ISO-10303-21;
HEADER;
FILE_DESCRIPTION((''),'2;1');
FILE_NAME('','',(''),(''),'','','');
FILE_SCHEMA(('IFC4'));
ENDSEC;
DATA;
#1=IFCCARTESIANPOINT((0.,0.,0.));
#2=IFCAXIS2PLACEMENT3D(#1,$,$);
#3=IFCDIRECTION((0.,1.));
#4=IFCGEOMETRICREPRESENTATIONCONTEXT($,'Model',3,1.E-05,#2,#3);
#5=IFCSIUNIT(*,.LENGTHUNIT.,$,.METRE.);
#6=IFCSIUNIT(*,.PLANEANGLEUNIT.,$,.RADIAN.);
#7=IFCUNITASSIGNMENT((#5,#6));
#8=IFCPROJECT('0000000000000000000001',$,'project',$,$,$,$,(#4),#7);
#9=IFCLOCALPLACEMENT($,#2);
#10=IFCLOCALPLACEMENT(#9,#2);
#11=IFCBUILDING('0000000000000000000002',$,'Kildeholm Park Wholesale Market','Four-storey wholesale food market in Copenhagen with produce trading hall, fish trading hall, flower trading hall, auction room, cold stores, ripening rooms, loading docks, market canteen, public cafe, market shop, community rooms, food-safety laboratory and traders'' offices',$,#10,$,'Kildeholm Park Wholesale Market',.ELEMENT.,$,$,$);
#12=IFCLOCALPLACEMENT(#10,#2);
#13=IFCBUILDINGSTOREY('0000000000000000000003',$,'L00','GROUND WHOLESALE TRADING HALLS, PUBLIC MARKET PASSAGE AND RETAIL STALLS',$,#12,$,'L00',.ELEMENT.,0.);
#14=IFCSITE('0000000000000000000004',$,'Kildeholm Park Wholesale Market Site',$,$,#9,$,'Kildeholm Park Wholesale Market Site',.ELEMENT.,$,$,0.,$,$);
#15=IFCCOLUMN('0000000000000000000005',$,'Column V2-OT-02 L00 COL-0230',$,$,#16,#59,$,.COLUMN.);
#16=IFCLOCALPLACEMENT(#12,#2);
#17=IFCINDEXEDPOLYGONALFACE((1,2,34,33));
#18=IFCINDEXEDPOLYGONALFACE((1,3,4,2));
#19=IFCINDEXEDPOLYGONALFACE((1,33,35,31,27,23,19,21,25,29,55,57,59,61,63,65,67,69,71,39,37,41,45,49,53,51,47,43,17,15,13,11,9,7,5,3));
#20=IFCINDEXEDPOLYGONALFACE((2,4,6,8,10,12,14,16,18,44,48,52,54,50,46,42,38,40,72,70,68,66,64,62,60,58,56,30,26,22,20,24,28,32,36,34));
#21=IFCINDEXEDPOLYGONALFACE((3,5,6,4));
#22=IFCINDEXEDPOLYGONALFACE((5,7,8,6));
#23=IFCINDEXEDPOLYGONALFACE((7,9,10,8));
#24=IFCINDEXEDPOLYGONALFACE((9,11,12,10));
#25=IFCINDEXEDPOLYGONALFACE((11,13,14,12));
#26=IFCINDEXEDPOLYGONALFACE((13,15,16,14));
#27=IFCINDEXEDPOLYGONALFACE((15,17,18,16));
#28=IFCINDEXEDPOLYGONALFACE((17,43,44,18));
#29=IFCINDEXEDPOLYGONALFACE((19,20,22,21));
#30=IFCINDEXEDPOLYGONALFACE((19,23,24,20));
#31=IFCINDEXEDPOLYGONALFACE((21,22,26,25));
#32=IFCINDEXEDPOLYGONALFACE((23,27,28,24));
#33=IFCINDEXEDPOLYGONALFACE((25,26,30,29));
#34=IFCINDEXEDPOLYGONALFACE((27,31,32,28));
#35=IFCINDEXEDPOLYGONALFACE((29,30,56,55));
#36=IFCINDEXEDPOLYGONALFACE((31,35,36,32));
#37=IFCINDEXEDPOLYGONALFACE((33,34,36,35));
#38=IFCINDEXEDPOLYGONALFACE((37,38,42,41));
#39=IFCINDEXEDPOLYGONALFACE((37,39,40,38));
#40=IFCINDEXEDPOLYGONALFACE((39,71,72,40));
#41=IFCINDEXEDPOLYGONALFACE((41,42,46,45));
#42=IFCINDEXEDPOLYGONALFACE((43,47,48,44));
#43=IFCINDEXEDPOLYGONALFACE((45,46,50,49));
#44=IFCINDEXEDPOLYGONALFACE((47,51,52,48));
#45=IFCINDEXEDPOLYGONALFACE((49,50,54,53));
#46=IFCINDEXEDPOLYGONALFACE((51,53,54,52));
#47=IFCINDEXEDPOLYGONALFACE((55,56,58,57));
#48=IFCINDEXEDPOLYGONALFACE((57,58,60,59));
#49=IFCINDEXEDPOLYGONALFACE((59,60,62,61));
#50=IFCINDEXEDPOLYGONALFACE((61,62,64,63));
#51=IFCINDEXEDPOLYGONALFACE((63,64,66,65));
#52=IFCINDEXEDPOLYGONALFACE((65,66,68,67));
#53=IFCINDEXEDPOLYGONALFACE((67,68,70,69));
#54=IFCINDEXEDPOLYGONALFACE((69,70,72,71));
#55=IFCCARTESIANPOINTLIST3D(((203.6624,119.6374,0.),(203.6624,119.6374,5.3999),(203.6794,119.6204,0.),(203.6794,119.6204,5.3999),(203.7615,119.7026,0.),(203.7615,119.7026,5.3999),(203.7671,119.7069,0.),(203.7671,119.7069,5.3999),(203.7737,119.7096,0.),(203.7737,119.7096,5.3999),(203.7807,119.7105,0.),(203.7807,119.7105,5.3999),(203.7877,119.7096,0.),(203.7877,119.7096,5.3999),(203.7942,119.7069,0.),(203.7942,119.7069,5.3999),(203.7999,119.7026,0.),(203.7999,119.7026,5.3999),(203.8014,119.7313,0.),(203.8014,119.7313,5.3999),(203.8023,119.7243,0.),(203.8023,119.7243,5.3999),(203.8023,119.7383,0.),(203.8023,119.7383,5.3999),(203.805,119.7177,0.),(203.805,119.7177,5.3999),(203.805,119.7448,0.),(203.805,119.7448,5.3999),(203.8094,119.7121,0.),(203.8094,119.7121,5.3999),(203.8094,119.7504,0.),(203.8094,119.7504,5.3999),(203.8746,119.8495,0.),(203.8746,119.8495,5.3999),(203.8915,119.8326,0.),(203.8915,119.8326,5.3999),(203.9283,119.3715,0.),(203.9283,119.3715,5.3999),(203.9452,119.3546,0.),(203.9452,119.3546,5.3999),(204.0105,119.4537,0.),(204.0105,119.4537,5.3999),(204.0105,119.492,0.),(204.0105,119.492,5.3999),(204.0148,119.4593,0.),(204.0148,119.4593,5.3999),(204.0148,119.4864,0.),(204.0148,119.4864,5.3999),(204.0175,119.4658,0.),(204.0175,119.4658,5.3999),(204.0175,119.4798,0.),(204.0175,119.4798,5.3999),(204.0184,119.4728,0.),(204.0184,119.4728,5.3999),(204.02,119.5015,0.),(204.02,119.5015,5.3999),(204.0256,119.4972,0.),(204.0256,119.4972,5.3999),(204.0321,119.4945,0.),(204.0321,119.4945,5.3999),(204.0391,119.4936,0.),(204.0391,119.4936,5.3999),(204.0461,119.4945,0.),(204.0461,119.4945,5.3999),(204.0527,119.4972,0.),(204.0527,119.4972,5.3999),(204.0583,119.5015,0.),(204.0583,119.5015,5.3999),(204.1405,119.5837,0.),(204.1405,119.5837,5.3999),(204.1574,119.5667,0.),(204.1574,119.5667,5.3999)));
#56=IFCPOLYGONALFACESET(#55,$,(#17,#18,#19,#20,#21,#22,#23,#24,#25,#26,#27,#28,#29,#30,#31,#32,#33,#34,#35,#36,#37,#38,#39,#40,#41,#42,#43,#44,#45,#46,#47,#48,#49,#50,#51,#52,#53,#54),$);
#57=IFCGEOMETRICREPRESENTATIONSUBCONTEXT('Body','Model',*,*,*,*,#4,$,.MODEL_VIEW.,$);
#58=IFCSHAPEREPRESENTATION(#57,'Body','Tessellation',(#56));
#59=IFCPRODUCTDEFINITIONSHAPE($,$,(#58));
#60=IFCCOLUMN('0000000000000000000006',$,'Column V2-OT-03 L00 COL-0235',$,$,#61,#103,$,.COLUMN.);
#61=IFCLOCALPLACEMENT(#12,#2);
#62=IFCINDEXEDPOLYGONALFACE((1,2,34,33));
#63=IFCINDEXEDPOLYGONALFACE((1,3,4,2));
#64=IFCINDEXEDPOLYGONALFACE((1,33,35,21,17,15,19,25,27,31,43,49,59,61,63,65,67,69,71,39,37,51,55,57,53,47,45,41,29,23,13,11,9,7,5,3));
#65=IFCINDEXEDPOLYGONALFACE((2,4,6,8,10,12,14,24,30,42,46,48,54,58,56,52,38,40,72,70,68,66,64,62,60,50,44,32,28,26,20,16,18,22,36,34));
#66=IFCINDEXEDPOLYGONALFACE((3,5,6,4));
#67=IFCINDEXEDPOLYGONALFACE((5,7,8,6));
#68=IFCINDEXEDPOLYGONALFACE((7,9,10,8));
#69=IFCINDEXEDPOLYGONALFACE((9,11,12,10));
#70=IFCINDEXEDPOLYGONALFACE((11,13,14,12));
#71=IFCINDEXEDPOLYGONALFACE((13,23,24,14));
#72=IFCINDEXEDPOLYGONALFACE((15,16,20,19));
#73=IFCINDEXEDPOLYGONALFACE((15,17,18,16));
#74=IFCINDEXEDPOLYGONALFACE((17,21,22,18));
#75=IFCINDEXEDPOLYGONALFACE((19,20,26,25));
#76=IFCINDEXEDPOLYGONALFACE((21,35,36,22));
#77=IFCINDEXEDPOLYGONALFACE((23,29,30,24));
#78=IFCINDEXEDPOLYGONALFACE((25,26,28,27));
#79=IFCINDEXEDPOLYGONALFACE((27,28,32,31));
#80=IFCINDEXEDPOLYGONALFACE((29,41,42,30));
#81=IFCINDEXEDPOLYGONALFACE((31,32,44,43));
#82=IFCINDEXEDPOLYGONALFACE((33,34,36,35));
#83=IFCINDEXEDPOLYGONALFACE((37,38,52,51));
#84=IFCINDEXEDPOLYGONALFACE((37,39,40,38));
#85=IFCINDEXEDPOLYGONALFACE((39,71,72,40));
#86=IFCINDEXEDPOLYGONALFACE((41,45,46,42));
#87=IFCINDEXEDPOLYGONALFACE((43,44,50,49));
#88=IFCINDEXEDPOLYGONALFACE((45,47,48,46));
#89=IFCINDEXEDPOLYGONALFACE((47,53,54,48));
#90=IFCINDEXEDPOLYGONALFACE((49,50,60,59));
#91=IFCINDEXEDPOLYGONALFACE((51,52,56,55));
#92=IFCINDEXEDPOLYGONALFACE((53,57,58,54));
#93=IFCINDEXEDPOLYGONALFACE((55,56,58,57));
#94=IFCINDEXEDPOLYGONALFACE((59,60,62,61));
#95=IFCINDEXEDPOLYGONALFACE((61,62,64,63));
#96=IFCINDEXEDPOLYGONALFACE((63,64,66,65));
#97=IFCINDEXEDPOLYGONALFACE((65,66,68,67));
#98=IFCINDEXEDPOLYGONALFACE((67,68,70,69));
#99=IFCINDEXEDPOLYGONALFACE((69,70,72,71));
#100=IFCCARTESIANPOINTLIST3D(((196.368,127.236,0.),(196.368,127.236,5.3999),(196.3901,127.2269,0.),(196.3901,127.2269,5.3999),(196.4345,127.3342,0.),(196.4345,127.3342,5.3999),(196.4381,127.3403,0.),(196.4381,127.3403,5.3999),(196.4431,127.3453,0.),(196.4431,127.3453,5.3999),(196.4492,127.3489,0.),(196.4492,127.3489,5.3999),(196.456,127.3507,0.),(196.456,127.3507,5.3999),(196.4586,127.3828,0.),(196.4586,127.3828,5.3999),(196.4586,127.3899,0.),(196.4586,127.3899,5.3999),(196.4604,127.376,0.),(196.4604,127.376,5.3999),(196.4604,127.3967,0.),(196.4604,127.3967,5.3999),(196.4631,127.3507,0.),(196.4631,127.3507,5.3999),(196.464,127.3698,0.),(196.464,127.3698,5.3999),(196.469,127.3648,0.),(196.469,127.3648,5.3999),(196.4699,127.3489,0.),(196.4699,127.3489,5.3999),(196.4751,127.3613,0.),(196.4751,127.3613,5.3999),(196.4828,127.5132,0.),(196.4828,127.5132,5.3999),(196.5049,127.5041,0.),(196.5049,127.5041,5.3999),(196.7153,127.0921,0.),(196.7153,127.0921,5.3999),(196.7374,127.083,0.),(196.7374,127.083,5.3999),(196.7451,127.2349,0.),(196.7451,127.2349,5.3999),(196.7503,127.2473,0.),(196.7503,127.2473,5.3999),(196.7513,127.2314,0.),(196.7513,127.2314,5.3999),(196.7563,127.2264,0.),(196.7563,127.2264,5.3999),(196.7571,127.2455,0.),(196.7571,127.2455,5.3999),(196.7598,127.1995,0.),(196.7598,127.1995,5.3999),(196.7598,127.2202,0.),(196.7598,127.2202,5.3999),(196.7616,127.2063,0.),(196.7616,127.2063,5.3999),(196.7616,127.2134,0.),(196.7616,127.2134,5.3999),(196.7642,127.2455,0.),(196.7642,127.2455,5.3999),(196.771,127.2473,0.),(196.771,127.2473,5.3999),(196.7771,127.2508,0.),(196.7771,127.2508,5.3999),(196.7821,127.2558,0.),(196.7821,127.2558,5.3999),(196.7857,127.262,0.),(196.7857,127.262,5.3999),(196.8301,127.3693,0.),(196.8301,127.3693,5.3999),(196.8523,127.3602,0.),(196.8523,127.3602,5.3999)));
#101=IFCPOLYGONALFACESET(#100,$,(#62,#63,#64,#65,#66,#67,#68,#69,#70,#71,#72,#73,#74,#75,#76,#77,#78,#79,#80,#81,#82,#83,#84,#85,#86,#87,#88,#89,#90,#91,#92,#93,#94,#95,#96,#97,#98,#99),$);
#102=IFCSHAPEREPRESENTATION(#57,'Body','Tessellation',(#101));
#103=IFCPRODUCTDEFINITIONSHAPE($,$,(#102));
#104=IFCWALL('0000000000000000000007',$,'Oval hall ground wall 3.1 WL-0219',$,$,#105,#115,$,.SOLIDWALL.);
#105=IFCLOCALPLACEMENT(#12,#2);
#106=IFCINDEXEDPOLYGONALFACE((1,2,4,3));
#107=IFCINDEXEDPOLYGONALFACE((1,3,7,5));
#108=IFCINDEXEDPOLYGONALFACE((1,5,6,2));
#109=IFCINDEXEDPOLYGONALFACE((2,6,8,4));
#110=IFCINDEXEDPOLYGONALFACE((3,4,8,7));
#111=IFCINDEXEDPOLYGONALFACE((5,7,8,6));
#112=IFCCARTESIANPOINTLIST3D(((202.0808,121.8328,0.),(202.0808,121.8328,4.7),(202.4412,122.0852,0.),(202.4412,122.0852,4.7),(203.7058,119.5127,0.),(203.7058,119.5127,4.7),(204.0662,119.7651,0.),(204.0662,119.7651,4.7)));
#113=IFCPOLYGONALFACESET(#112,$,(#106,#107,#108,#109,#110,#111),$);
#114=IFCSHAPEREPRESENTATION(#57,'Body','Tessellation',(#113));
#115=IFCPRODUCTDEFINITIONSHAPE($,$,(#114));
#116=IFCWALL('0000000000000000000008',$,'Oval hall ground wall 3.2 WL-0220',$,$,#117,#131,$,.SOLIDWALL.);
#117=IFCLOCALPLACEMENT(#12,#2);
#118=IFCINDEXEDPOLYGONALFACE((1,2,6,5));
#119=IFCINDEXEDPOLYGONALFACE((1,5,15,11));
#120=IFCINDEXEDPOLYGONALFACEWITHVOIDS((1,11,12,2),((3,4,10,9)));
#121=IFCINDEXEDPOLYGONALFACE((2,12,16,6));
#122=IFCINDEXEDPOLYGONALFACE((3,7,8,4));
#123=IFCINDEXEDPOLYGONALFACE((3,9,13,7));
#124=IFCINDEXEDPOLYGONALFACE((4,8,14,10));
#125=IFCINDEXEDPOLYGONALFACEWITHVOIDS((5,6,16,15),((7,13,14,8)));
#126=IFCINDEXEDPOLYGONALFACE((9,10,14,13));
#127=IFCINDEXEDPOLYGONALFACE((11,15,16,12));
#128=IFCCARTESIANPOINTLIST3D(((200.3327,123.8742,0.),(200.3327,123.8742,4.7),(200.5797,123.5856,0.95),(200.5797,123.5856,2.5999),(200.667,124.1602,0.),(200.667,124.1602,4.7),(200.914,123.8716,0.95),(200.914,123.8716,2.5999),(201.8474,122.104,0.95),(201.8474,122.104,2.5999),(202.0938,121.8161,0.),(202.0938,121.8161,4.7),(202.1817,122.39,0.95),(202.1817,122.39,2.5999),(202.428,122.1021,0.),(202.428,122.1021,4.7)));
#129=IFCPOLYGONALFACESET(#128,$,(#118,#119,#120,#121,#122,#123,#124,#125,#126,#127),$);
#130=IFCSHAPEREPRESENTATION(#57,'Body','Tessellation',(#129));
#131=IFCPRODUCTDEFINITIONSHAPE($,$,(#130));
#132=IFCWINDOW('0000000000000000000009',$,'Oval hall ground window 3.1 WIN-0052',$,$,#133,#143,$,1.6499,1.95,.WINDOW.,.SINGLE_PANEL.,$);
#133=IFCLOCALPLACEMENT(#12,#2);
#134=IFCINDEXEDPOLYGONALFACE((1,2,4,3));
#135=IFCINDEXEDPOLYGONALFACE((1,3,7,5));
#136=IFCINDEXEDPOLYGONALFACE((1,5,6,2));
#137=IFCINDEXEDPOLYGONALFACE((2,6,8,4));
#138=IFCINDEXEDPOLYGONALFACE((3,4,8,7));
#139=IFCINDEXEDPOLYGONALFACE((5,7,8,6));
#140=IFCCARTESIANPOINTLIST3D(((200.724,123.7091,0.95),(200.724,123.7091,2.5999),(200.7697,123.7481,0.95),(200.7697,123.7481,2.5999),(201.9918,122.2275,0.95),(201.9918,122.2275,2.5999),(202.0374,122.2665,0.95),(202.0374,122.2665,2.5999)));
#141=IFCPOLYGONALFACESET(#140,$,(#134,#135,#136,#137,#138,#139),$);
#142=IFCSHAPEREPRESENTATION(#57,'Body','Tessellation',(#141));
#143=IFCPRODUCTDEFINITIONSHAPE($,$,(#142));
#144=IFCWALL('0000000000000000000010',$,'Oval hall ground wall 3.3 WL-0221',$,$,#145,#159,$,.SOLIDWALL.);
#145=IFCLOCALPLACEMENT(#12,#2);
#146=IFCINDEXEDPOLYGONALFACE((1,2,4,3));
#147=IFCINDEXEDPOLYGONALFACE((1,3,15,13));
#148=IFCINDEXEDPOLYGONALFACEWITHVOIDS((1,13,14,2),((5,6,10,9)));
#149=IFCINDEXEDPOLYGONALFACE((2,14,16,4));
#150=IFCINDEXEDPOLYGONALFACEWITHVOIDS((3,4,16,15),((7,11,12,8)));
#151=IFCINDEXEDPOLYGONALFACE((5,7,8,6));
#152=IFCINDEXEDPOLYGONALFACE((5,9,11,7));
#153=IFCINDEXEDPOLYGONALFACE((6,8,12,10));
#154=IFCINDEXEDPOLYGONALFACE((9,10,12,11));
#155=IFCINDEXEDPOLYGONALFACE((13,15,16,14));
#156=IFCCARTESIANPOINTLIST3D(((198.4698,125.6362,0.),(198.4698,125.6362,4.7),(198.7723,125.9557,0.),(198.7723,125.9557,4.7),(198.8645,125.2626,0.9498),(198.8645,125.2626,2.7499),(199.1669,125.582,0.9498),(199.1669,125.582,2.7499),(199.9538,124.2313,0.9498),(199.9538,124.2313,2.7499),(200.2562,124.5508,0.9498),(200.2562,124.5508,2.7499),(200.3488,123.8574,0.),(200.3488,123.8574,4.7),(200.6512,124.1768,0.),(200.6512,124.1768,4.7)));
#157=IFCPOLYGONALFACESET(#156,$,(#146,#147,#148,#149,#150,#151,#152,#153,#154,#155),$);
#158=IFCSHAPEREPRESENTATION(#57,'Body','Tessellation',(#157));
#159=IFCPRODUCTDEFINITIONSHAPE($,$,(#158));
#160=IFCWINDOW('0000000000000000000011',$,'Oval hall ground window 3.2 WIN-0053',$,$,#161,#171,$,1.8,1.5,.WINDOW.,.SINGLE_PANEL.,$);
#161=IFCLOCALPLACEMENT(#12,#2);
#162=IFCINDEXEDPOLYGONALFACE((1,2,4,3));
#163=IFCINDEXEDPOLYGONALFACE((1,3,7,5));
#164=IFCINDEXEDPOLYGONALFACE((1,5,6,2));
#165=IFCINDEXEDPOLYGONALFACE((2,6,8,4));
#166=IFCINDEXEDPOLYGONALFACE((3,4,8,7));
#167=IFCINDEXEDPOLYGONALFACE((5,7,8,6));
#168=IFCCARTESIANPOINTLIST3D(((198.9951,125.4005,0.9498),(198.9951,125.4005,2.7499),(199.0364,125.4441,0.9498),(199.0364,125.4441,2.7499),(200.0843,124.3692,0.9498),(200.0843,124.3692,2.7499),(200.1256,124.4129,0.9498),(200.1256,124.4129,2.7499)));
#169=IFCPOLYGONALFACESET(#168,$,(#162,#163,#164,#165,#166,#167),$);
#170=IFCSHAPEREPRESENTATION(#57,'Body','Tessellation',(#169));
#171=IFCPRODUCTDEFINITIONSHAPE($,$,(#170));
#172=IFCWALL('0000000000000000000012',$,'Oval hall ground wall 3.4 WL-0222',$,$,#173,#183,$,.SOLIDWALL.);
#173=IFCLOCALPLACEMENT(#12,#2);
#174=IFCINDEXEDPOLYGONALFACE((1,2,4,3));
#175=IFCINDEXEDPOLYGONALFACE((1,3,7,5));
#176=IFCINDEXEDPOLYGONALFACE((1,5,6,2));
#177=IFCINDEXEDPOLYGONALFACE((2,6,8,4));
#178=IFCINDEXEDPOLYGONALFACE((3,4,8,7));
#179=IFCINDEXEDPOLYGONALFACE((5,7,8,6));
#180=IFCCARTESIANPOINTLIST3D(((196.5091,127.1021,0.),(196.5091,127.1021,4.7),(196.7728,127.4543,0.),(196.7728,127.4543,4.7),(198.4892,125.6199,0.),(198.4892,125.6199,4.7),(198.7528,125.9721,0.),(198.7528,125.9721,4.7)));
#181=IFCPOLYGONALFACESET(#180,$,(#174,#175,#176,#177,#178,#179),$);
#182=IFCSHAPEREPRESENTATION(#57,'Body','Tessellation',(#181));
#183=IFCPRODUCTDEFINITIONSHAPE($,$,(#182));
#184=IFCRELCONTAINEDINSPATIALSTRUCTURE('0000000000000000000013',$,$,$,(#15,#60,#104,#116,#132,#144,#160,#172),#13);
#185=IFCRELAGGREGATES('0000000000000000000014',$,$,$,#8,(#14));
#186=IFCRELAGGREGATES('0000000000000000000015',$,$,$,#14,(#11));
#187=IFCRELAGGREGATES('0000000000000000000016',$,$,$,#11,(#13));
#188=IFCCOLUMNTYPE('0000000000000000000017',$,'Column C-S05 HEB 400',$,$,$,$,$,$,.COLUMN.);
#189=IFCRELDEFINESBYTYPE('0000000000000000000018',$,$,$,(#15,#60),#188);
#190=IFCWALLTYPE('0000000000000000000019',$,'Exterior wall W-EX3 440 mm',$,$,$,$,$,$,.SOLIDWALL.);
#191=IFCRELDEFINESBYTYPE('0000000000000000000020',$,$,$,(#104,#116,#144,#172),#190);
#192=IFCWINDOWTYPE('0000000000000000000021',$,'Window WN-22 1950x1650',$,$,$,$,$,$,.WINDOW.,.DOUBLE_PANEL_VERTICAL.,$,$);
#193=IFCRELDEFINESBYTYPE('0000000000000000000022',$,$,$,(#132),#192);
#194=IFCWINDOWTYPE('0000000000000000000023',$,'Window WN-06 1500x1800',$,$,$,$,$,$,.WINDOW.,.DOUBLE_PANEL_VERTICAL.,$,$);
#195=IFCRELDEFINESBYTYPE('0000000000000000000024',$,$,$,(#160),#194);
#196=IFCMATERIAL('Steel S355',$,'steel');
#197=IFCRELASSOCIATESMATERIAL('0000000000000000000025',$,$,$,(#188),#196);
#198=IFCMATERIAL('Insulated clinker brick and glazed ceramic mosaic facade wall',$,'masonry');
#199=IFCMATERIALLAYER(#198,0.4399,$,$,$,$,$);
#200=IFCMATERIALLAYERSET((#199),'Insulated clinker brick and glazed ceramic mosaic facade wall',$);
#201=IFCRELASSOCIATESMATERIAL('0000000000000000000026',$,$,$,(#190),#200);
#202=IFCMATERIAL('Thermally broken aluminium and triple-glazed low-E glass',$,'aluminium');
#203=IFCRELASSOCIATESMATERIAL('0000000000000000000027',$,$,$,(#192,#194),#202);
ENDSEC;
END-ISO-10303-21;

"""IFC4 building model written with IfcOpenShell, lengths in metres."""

from ifc_helpers import new_model, si_unit, direction, frame, frame_2d, origin, origin_2d, place, context, subcontext, project, spatial, rectangle, i_section, extrude, material, layer, layer_set, material_profile, profile_set, type_object, element, fill, save


model = new_model("IFC4")

# Units and contexts
model_context = context("Model", 3, precision=1e-05, world=origin(), true_north=direction((0.0, 1.0)))
body_context = subcontext(model_context, "Body", "Model", "MODEL_VIEW")
ifc_project = project(units=[si_unit("LENGTHUNIT", "METRE"), si_unit("PLANEANGLEUNIT", "RADIAN")], contexts=[model_context])

# Site, building, storey
site_placement = place(None, origin())
site = spatial("IfcSite", under=ifc_project, at=site_placement, Name="Kildeholm Park Wholesale Market Site", LongName="Kildeholm Park Wholesale Market Site", CompositionType="ELEMENT", RefElevation=0.0)
building_placement = place(site_placement, origin())
building = spatial("IfcBuilding", under=site, at=building_placement, Name="Kildeholm Park Wholesale Market", Description="Four-storey wholesale food market in Copenhagen with produce trading hall, fish trading hall, flower trading hall, auction room, cold stores, ripening rooms, loading docks, market canteen, public cafe, market shop, community rooms, food-safety laboratory and traders' offices", LongName="Kildeholm Park Wholesale Market", CompositionType="ELEMENT")
storey_placement = place(building_placement, origin())
storey = spatial("IfcBuildingStorey", under=building, at=storey_placement, Name="L00", Description="GROUND WHOLESALE TRADING HALLS, PUBLIC MARKET PASSAGE AND RETAIL STALLS", LongName="L00", CompositionType="ELEMENT", Elevation=0.0)

# Columns
ifc_material_1 = material(Name="Steel S355", Category="steel")
ifc_material_profile_1 = material_profile(ifc_material_1, i_section(OverallWidth=0.3, OverallDepth=0.3999, WebThickness=0.0134, FlangeThickness=0.0239, FilletRadius=0.0271, at=origin_2d()), Name="HEB 400")
ifc_profile_set_1 = profile_set([ifc_material_profile_1], Name="Steel S355")
column_type = type_object("IfcColumnType", Name="Column C-S05 HEB 400", PredefinedType="COLUMN", material=ifc_profile_set_1)
for number, where, z_axis, x_axis, name in (
    (1, (203.9099, 119.6021, 0.0), (0.0, 0.0, 1.0), (0.707107, 0.707107, 0.0), "Column V2-OT-02 L00 COL-0230"),
    (2, (196.6101, 127.2981, 0.0), (0.0, 0.0, 1.0), (0.382683, 0.92388, 0.0), "Column V2-OT-03 L00 COL-0235"),
):
    element("IfcColumn", number, at=place(storey_placement, frame(where, z_axis=z_axis, x_axis=x_axis)), inside=storey, type_object=column_type, Name=name, PredefinedType="COLUMN", context=body_context, shape_type="SweptSolid", body=[
        extrude(i_section(OverallWidth=0.3, OverallDepth=0.3999, WebThickness=0.0134, FlangeThickness=0.0239, FilletRadius=0.0271, at=origin_2d()), origin(), (0.0, 0.0, 1.0), 5.3999),
    ])

# Wall
ifc_material_2 = material(Name="Insulated clinker brick and glazed ceramic mosaic facade wall", Category="masonry")
ifc_layer = layer(ifc_material_2, 0.4399)
ifc_layer_set = layer_set([ifc_layer], Name="Insulated clinker brick and glazed ceramic mosaic facade wall")
wall_type = type_object("IfcWallType", Name="Exterior wall W-EX3 440 mm", PredefinedType="SOLIDWALL", material=ifc_layer_set)
wall_1_placement = place(storey_placement, frame((203.886, 119.6389, 0.0), z_axis=(0.0, 0.0, 1.0), x_axis=(-0.573688, 0.819074, 0.0)))
element("IfcWall", 3, at=wall_1_placement, inside=storey, type_object=wall_type, Name="Oval hall ground wall 3.1 WL-0219", PredefinedType="SOLIDWALL", context=body_context, shape_type="SweptSolid", body=[
    extrude(rectangle(XDim=2.8325, YDim=0.4399, at=frame_2d((1.4163, 0.0))), origin(), (0.0, 0.0, 1.0), 4.7),
])

# Walls, openings, windows
wall_2_placement = place(storey_placement, frame((202.261, 121.959, 0.0), z_axis=(0.0, 0.0, 1.0), x_axis=(-0.650131, 0.759823, 0.0)))
wall_2 = element("IfcWall", 4, at=wall_2_placement, inside=storey, type_object=wall_type, Name="Oval hall ground wall 3.2 WL-0220", PredefinedType="SOLIDWALL", context=body_context, shape_type="SweptSolid", body=[
    extrude(rectangle(XDim=2.7087, YDim=0.4399, at=frame_2d((1.3545, 0.0))), origin(), (0.0, 0.0, 1.0), 4.7),
])
opening_1_placement = place(wall_2_placement, frame((0.3789, 0.0, 0.95)))
opening_1 = element("IfcOpeningElement", 5, at=opening_1_placement, cuts=wall_2, PredefinedType="OPENING", context=body_context, shape_type="SweptSolid", body=[
    extrude(rectangle(XDim=1.95, YDim=1.6499, at=frame_2d((0.9751, 0.825))), frame((0.0, 0.23, 0.0), z_axis=(0.0, -1.0, 0.0), x_axis=(1.0, 0.0, 0.0)), (0.0, 0.0, 1.0), 0.46),
])
ifc_material_3 = material(Name="Thermally broken aluminium and triple-glazed low-E glass", Category="aluminium")
window_type_1 = type_object("IfcWindowType", Name="Window WN-22 1950x1650", PartitioningType="DOUBLE_PANEL_VERTICAL", PredefinedType="WINDOW", material=ifc_material_3)
window_1_placement = place(opening_1_placement, origin())
window_1 = element("IfcWindow", 6, at=window_1_placement, inside=storey, type_object=window_type_1, Name="Oval hall ground window 3.1 WIN-0052", OverallHeight=1.6499, OverallWidth=1.95, PartitioningType="SINGLE_PANEL", PredefinedType="WINDOW", context=body_context, shape_type="SweptSolid", body=[
    extrude(rectangle(XDim=1.95, YDim=1.6499, at=frame_2d((0.9751, 0.825))), frame((0.0, 0.03, 0.0), z_axis=(0.0, -1.0, 0.0), x_axis=(1.0, 0.0, 0.0)), (0.0, 0.0, 1.0), 0.0601),
])
fill(opening_1, window_1)
wall_3_placement = place(storey_placement, frame((200.5, 124.0171, 0.0), z_axis=(0.0, 0.0, 1.0), x_axis=(-0.726186, 0.687499, 0.0)))
wall_3 = element("IfcWall", 7, at=wall_3_placement, inside=storey, type_object=wall_type, Name="Oval hall ground wall 3.3 WL-0221", PredefinedType="SOLIDWALL", context=body_context, shape_type="SweptSolid", body=[
    extrude(rectangle(XDim=2.5874, YDim=0.4399, at=frame_2d((1.2937, 0.0))), origin(), (0.0, 0.0, 1.0), 4.7),
])
opening_2_placement = place(wall_3_placement, frame((0.5439, 0.0, 0.95)))
opening_2 = element("IfcOpeningElement", 8, at=opening_2_placement, cuts=wall_3, PredefinedType="OPENING", context=body_context, shape_type="SweptSolid", body=[
    extrude(rectangle(XDim=1.5, YDim=1.8, at=frame_2d((0.75, 0.8999))), frame((0.0, 0.23, 0.0), z_axis=(0.0, -1.0, 0.0), x_axis=(1.0, 0.0, 0.0)), (0.0, 0.0, 1.0), 0.46),
])
window_type_2 = type_object("IfcWindowType", Name="Window WN-06 1500x1800", PartitioningType="DOUBLE_PANEL_VERTICAL", PredefinedType="WINDOW", material=ifc_material_3)
window_2_placement = place(opening_2_placement, origin())
window_2 = element("IfcWindow", 9, at=window_2_placement, inside=storey, type_object=window_type_2, Name="Oval hall ground window 3.2 WIN-0053", OverallHeight=1.8, OverallWidth=1.5, PartitioningType="SINGLE_PANEL", PredefinedType="WINDOW", context=body_context, shape_type="SweptSolid", body=[
    extrude(rectangle(XDim=1.5, YDim=1.8, at=frame_2d((0.75, 0.8999))), frame((0.0, 0.03, 0.0), z_axis=(0.0, -1.0, 0.0), x_axis=(1.0, 0.0, 0.0)), (0.0, 0.0, 1.0), 0.0601),
])
fill(opening_2, window_2)

# Wall
wall_4_placement = place(storey_placement, frame((198.6211, 125.7959, 0.0), z_axis=(0.0, 0.0, 1.0), x_axis=(-0.800545, 0.599273, 0.0)))
element("IfcWall", 10, at=wall_4_placement, inside=storey, type_object=wall_type, Name="Oval hall ground wall 3.4 WL-0222", PredefinedType="SOLIDWALL", context=body_context, shape_type="SweptSolid", body=[
    extrude(rectangle(XDim=2.4734, YDim=0.4399, at=frame_2d((1.2368, 0.0))), origin(), (0.0, 0.0, 1.0), 4.7),
])

save(model, "model.ifc")
